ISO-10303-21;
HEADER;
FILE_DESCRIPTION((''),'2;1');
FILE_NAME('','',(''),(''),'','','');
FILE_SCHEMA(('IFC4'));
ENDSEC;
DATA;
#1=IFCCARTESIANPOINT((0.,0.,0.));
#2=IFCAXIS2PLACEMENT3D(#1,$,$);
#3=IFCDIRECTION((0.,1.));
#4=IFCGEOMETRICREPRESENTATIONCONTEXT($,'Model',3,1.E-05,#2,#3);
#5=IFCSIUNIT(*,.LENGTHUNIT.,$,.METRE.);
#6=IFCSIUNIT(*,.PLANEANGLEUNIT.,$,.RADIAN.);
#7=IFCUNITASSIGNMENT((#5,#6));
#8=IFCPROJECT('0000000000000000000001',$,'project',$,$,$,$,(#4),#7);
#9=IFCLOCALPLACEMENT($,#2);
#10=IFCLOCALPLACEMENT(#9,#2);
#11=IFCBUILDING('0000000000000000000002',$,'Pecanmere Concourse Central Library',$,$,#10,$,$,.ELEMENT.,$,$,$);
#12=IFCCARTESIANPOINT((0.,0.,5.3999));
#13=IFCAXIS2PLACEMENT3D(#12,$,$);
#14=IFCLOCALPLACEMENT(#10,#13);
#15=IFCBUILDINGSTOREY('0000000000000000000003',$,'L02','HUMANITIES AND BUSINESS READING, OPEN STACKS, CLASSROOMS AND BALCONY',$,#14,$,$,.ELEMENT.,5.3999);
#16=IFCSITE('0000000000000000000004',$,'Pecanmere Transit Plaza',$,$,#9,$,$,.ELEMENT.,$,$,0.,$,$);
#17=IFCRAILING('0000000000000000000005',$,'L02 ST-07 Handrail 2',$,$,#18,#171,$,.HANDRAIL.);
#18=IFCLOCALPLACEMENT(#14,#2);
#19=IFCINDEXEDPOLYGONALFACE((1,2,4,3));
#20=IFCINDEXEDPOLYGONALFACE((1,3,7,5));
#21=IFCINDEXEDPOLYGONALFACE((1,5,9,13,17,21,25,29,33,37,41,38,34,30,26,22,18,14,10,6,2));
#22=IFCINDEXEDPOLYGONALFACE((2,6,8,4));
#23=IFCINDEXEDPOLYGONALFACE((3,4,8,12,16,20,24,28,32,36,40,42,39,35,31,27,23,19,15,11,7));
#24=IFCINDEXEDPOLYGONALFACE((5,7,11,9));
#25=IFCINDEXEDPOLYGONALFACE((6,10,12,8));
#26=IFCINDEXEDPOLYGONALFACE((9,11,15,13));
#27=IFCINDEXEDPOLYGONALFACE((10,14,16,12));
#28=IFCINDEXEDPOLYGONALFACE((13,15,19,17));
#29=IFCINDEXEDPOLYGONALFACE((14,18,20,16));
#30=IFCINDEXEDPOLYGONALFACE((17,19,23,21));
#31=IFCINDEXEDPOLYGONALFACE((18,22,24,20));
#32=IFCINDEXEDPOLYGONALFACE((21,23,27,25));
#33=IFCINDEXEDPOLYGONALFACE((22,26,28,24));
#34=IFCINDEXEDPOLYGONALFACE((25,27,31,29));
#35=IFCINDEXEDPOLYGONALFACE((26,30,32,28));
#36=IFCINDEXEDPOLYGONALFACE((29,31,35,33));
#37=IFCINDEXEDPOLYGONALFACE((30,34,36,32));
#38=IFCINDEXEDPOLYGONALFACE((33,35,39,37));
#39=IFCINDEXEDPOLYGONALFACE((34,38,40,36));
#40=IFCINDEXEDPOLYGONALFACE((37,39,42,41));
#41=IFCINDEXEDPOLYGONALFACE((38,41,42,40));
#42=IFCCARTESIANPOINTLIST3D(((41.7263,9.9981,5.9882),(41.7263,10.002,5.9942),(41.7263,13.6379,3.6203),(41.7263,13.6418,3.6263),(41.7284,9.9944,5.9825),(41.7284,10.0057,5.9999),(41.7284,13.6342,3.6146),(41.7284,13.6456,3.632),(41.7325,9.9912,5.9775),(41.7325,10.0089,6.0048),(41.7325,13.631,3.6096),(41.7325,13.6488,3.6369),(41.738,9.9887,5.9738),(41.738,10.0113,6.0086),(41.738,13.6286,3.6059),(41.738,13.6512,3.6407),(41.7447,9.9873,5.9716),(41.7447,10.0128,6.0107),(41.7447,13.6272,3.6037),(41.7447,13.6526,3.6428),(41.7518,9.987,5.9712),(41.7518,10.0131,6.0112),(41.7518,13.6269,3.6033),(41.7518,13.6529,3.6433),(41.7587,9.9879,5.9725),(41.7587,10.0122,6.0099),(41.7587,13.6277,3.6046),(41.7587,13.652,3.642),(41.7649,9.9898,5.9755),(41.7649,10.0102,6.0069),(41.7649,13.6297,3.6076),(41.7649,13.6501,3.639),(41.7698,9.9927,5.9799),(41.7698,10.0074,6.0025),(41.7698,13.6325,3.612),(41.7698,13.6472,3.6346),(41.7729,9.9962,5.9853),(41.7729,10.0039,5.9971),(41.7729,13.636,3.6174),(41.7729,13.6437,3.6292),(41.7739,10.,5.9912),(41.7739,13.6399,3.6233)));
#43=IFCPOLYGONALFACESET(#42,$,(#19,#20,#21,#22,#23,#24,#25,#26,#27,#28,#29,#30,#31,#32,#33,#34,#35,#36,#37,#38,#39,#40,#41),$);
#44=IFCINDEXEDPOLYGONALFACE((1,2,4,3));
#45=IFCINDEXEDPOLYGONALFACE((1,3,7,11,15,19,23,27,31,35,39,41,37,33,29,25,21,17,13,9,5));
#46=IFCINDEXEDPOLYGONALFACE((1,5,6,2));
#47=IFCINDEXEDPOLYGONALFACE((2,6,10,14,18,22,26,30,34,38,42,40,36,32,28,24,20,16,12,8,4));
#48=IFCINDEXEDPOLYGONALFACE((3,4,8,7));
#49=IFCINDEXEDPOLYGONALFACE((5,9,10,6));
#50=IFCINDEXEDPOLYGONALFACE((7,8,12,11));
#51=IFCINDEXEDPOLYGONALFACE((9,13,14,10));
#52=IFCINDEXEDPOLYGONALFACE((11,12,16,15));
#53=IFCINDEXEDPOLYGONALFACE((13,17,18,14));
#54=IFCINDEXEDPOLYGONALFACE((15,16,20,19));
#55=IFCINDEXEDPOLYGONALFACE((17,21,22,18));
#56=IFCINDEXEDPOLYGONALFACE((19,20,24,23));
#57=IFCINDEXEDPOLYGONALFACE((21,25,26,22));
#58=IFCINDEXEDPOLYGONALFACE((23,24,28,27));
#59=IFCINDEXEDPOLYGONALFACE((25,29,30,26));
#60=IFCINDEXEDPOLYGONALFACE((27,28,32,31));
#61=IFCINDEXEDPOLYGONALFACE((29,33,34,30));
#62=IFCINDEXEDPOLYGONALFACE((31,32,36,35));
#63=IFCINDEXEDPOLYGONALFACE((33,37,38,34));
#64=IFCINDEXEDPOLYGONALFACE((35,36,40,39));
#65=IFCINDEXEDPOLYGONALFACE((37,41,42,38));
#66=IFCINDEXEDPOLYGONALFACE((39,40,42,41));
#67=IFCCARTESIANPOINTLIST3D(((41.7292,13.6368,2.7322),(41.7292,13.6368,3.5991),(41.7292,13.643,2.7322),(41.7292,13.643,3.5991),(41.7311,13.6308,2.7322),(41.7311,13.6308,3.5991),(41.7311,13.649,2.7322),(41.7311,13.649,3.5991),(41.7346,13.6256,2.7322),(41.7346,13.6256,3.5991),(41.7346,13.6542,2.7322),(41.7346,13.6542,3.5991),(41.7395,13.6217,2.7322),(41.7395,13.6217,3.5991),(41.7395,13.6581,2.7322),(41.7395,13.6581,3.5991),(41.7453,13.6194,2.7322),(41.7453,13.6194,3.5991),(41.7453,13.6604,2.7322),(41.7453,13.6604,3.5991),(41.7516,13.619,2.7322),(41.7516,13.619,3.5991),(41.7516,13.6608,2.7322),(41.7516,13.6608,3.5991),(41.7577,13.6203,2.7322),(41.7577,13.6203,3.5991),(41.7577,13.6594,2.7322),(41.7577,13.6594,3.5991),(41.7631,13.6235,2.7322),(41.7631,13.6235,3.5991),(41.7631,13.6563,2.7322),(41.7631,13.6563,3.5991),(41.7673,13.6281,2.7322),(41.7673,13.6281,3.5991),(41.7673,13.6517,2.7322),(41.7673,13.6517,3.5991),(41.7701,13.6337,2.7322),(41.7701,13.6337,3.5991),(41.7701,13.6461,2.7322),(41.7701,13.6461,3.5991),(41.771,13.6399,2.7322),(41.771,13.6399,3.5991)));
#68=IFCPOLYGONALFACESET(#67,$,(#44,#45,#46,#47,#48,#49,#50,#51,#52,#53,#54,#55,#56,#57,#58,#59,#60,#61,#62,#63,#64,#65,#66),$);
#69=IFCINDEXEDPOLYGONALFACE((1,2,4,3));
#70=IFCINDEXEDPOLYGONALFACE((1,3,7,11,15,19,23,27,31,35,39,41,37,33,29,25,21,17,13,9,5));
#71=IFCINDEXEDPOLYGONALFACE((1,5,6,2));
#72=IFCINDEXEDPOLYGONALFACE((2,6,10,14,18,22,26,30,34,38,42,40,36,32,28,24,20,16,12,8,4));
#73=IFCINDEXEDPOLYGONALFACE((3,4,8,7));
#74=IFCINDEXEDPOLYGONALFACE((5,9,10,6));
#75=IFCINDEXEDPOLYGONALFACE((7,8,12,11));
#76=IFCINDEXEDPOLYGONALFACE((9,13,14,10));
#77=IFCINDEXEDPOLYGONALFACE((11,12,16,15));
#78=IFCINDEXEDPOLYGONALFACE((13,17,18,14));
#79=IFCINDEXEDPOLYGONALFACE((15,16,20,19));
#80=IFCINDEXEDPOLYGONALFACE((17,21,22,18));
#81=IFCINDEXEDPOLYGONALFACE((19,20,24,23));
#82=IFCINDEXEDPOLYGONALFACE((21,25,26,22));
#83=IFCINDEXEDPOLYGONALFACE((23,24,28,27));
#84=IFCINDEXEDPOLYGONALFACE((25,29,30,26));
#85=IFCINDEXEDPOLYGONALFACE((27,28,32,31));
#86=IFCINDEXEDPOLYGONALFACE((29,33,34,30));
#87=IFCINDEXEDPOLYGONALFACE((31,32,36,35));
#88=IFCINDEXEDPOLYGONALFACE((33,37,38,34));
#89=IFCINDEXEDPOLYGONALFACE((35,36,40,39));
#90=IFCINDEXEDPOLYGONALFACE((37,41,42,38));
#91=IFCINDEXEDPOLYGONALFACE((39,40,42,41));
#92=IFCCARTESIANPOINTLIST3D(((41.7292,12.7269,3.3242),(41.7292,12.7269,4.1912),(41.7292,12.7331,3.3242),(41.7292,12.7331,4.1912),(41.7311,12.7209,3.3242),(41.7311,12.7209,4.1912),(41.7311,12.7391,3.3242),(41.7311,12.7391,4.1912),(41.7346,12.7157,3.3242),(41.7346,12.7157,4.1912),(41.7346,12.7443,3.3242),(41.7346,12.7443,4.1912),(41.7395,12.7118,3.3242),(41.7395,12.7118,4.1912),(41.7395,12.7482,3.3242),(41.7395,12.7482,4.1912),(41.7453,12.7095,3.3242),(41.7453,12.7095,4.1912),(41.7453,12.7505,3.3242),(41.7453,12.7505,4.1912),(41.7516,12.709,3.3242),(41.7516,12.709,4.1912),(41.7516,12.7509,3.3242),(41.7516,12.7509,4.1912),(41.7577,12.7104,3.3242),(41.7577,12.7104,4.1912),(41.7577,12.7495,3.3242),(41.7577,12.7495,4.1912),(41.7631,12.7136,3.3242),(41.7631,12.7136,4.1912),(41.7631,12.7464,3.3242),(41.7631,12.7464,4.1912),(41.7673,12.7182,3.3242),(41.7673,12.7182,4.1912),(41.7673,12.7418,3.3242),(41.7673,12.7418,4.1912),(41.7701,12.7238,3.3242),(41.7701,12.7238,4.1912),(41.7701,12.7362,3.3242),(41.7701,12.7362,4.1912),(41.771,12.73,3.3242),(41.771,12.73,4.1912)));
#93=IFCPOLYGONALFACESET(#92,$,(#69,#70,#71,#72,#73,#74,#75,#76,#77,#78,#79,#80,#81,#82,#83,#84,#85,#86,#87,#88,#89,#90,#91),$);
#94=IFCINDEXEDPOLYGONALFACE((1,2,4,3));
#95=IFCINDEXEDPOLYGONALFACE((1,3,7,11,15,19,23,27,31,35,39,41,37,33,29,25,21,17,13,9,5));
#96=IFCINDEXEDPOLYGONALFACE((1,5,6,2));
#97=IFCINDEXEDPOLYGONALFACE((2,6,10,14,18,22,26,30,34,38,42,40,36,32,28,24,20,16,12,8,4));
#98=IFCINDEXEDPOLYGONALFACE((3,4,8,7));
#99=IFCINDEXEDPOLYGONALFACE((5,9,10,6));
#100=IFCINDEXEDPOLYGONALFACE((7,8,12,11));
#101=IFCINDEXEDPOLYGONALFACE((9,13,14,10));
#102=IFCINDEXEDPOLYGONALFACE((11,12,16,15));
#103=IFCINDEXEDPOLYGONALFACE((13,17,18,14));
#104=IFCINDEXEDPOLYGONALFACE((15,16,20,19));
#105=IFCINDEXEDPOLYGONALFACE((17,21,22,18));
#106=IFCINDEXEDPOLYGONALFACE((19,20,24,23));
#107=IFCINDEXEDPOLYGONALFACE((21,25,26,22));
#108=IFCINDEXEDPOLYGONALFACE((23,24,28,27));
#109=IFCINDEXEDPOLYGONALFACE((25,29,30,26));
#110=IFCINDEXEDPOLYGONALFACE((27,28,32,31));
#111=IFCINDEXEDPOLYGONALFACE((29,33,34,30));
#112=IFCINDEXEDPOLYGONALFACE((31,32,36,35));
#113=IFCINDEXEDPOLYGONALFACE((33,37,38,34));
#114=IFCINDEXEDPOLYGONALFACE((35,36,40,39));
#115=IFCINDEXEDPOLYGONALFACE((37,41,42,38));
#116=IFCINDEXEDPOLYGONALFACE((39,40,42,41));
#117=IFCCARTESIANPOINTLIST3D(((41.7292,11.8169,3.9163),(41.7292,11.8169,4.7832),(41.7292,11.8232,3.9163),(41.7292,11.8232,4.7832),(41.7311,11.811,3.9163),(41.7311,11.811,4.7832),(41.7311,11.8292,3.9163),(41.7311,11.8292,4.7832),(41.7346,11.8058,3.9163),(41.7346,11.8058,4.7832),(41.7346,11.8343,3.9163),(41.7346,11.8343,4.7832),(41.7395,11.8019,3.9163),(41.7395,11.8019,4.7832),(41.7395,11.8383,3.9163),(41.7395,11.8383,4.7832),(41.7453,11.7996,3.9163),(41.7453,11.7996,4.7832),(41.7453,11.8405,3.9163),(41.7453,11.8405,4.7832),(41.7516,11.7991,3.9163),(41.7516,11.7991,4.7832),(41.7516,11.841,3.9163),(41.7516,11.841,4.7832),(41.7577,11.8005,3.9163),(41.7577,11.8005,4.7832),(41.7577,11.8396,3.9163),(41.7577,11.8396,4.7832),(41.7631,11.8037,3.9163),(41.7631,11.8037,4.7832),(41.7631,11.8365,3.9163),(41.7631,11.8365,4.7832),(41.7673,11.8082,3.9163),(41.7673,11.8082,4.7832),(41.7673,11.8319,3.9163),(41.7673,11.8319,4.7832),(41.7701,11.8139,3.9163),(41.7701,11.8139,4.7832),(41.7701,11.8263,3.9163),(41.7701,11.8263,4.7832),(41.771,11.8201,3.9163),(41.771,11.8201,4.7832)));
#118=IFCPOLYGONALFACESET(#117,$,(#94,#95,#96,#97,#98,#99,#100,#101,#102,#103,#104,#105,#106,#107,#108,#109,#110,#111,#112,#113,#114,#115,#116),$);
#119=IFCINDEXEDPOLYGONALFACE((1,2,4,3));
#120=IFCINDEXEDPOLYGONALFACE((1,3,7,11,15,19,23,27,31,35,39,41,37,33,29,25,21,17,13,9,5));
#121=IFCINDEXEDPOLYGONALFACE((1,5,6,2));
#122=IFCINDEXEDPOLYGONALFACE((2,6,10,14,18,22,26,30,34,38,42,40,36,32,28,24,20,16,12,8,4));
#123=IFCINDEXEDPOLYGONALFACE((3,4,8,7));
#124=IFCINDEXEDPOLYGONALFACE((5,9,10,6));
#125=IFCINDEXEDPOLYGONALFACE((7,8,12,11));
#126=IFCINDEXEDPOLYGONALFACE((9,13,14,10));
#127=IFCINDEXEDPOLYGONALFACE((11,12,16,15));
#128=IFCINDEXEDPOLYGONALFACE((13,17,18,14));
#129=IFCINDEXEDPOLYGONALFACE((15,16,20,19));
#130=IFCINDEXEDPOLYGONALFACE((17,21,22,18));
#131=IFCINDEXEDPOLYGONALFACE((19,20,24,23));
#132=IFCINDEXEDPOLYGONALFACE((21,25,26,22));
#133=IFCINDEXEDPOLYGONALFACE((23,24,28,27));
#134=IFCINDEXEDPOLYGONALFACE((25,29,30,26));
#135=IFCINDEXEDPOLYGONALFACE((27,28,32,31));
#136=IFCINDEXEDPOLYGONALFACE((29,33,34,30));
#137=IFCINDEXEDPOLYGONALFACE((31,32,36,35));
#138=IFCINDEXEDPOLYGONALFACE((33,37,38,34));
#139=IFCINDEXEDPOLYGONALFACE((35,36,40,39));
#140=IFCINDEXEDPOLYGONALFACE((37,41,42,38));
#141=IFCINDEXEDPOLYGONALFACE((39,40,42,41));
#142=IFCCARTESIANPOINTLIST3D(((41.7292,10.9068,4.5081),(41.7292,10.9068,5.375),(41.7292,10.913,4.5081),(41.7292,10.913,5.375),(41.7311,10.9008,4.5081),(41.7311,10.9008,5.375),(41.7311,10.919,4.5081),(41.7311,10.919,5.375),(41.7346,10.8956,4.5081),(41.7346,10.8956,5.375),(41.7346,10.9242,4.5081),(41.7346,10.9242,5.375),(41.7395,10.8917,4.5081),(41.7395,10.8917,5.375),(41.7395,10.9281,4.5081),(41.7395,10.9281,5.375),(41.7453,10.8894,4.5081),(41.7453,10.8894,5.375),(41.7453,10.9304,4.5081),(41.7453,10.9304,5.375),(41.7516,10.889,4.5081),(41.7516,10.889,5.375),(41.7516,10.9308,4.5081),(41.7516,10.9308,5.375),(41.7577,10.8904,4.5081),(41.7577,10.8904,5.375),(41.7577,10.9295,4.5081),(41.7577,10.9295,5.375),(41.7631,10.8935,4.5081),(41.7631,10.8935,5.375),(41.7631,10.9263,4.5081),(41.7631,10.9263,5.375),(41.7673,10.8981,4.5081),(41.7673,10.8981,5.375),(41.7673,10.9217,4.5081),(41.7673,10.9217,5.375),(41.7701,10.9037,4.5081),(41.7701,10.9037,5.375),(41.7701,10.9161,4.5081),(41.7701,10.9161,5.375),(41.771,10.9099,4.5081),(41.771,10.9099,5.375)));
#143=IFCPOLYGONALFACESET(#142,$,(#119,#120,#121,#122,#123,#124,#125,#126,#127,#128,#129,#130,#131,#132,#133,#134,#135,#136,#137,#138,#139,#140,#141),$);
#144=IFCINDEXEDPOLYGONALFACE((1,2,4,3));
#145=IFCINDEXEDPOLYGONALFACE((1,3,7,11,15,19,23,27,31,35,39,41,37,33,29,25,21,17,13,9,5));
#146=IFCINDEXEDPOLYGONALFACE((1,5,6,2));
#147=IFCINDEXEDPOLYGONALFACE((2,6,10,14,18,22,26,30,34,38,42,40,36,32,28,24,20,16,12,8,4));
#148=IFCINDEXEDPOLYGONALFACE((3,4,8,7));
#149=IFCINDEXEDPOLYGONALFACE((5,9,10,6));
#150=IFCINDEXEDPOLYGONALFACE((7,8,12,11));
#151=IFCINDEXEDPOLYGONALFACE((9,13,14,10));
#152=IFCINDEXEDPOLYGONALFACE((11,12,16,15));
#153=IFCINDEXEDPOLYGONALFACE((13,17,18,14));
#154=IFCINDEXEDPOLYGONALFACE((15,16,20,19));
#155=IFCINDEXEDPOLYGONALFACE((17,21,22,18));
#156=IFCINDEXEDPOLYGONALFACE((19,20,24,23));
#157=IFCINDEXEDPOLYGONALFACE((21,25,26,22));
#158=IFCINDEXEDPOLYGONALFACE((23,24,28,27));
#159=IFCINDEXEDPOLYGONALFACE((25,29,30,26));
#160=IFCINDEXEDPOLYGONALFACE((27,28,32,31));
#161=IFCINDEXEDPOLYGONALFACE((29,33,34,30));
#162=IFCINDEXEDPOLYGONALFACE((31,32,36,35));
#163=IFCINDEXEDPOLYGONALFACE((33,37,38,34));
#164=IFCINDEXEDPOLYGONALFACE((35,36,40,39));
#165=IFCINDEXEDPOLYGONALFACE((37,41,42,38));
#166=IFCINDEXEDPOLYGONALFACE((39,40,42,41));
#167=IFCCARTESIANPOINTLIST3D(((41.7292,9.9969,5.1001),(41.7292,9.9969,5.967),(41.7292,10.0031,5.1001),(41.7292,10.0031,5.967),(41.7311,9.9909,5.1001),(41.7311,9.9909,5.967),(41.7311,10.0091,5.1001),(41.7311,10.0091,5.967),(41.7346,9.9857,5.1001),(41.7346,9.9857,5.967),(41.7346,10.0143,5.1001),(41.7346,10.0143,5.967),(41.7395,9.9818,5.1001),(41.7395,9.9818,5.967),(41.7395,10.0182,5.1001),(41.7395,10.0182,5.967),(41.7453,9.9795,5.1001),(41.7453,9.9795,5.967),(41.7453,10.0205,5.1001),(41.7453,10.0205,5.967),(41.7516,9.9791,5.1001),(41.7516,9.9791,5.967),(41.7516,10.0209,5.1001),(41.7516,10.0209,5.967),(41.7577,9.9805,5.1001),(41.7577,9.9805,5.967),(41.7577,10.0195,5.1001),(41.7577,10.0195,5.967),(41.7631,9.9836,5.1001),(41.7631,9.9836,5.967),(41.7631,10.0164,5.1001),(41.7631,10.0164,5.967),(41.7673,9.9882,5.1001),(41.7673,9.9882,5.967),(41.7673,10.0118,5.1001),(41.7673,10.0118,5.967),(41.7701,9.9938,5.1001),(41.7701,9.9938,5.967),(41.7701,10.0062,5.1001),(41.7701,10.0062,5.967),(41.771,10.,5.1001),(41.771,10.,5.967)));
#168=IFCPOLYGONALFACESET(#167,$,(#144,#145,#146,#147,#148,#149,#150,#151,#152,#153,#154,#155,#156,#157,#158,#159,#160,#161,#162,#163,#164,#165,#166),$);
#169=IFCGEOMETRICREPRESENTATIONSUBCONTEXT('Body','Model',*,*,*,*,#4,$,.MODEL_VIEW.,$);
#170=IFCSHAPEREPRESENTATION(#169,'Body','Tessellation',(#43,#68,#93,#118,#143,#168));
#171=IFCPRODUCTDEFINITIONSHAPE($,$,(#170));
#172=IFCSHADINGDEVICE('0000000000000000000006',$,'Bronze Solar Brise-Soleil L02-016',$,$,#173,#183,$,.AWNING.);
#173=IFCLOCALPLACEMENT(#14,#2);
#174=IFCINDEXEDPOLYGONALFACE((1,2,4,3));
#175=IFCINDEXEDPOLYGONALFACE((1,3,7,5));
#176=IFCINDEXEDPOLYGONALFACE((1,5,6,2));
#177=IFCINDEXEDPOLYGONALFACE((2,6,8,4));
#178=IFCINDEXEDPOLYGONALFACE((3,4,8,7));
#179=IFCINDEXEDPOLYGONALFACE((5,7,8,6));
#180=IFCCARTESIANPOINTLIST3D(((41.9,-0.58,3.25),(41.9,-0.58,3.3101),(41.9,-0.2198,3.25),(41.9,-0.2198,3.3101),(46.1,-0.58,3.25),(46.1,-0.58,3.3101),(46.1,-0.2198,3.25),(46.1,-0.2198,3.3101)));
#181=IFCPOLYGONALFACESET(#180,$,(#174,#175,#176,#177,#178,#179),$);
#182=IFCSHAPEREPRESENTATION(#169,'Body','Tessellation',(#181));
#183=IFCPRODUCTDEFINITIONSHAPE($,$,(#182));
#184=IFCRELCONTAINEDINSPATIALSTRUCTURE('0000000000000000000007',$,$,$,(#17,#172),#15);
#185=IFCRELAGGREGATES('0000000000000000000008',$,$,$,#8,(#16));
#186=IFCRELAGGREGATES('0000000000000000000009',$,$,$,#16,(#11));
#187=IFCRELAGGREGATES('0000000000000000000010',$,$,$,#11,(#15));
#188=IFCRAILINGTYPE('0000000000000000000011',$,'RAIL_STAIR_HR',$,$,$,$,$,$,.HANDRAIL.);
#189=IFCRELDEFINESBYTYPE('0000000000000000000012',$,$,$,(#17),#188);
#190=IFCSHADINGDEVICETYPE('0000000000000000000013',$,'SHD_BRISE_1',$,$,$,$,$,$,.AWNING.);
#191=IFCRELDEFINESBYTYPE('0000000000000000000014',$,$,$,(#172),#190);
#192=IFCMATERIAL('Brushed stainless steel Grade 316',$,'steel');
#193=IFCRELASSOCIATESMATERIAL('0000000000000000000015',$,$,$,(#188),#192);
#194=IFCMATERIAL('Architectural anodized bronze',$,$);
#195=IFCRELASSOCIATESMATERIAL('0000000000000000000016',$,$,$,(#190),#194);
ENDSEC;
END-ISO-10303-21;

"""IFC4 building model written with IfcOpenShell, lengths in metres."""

from ifc_helpers import new_model, si_unit, direction, frame, origin, origin_2d, place, context, subcontext, project, spatial, rectangle, circle, extrude, material, type_object, element, save


model = new_model("IFC4")

# Units and contexts
model_context = context("Model", 3, precision=1e-05, world=origin(), true_north=direction((0.0, 1.0)))
body_context = subcontext(model_context, "Body", "Model", "MODEL_VIEW")
ifc_project = project(units=[si_unit("LENGTHUNIT", "METRE"), si_unit("PLANEANGLEUNIT", "RADIAN")], contexts=[model_context])

# Site, building, storey
site_placement = place(None, origin())
site = spatial("IfcSite", under=ifc_project, at=site_placement, Name="Pecanmere Transit Plaza", CompositionType="ELEMENT", RefElevation=0.0)
building_placement = place(site_placement, origin())
building = spatial("IfcBuilding", under=site, at=building_placement, Name="Pecanmere Concourse Central Library", CompositionType="ELEMENT")
storey_placement = place(building_placement, frame((0.0, 0.0, 5.3999)))
storey = spatial("IfcBuildingStorey", under=building, at=storey_placement, Name="L02", Description="HUMANITIES AND BUSINESS READING, OPEN STACKS, CLASSROOMS AND BALCONY", CompositionType="ELEMENT", Elevation=5.3999)

# Railing
ifc_material_1 = material(Name="Brushed stainless steel Grade 316", Category="steel")
railing_type_1 = type_object("IfcRailingType", Name="RAIL_STAIR_HR", PredefinedType="HANDRAIL", material=ifc_material_1)
railing_1_placement = place(storey_placement, frame((41.75, 13.6399, 2.7322)))
element("IfcRailing", 1, at=railing_1_placement, inside=storey, type_object=railing_type_1, Name="L02 ST-07 Handrail 2", PredefinedType="HANDRAIL", context=body_context, shape_type="SweptSolid", body=[
    extrude(circle(Radius=0.0239, at=origin_2d()), frame((0.0, 0.0, 0.8911), z_axis=(0.0, -0.838234, 0.54531), x_axis=(1.0, 0.0, 0.0)), (0.0, 0.0, 1.0), 4.3423),
    extrude(circle(Radius=0.021, at=origin_2d()), origin(), (0.0, 0.0, 1.0), 0.8669),
    extrude(circle(Radius=0.021, at=origin_2d()), frame((0.0, -0.9099, 0.592)), (0.0, 0.0, 1.0), 0.8669),
    extrude(circle(Radius=0.021, at=origin_2d()), frame((0.0, -1.8198, 1.1841)), (0.0, 0.0, 1.0), 0.8669),
    extrude(circle(Radius=0.021, at=origin_2d()), frame((0.0, -2.73, 1.7759)), (0.0, 0.0, 1.0), 0.8669),
    extrude(circle(Radius=0.021, at=origin_2d()), frame((0.0, -3.6399, 2.3679)), (0.0, 0.0, 1.0), 0.8669),
])

# Shading device
ifc_material_2 = material(Name="Architectural anodized bronze")
shading_device_type = type_object("IfcShadingDeviceType", Name="SHD_BRISE_1", PredefinedType="AWNING", material=ifc_material_2)
shading_device_placement = place(storey_placement, frame((44.0, -0.3999, 3.25), z_axis=(0.0, 0.0, 1.0), x_axis=(1.0, 0.0, 0.0)))
element("IfcShadingDevice", 2, at=shading_device_placement, inside=storey, type_object=shading_device_type, Name="Bronze Solar Brise-Soleil L02-016", PredefinedType="AWNING", context=body_context, shape_type="SweptSolid", body=[
    extrude(rectangle(XDim=4.2, YDim=0.3601, at=origin_2d()), origin(), (0.0, 0.0, 1.0), 0.0601),
])

save(model, "model.ifc")
